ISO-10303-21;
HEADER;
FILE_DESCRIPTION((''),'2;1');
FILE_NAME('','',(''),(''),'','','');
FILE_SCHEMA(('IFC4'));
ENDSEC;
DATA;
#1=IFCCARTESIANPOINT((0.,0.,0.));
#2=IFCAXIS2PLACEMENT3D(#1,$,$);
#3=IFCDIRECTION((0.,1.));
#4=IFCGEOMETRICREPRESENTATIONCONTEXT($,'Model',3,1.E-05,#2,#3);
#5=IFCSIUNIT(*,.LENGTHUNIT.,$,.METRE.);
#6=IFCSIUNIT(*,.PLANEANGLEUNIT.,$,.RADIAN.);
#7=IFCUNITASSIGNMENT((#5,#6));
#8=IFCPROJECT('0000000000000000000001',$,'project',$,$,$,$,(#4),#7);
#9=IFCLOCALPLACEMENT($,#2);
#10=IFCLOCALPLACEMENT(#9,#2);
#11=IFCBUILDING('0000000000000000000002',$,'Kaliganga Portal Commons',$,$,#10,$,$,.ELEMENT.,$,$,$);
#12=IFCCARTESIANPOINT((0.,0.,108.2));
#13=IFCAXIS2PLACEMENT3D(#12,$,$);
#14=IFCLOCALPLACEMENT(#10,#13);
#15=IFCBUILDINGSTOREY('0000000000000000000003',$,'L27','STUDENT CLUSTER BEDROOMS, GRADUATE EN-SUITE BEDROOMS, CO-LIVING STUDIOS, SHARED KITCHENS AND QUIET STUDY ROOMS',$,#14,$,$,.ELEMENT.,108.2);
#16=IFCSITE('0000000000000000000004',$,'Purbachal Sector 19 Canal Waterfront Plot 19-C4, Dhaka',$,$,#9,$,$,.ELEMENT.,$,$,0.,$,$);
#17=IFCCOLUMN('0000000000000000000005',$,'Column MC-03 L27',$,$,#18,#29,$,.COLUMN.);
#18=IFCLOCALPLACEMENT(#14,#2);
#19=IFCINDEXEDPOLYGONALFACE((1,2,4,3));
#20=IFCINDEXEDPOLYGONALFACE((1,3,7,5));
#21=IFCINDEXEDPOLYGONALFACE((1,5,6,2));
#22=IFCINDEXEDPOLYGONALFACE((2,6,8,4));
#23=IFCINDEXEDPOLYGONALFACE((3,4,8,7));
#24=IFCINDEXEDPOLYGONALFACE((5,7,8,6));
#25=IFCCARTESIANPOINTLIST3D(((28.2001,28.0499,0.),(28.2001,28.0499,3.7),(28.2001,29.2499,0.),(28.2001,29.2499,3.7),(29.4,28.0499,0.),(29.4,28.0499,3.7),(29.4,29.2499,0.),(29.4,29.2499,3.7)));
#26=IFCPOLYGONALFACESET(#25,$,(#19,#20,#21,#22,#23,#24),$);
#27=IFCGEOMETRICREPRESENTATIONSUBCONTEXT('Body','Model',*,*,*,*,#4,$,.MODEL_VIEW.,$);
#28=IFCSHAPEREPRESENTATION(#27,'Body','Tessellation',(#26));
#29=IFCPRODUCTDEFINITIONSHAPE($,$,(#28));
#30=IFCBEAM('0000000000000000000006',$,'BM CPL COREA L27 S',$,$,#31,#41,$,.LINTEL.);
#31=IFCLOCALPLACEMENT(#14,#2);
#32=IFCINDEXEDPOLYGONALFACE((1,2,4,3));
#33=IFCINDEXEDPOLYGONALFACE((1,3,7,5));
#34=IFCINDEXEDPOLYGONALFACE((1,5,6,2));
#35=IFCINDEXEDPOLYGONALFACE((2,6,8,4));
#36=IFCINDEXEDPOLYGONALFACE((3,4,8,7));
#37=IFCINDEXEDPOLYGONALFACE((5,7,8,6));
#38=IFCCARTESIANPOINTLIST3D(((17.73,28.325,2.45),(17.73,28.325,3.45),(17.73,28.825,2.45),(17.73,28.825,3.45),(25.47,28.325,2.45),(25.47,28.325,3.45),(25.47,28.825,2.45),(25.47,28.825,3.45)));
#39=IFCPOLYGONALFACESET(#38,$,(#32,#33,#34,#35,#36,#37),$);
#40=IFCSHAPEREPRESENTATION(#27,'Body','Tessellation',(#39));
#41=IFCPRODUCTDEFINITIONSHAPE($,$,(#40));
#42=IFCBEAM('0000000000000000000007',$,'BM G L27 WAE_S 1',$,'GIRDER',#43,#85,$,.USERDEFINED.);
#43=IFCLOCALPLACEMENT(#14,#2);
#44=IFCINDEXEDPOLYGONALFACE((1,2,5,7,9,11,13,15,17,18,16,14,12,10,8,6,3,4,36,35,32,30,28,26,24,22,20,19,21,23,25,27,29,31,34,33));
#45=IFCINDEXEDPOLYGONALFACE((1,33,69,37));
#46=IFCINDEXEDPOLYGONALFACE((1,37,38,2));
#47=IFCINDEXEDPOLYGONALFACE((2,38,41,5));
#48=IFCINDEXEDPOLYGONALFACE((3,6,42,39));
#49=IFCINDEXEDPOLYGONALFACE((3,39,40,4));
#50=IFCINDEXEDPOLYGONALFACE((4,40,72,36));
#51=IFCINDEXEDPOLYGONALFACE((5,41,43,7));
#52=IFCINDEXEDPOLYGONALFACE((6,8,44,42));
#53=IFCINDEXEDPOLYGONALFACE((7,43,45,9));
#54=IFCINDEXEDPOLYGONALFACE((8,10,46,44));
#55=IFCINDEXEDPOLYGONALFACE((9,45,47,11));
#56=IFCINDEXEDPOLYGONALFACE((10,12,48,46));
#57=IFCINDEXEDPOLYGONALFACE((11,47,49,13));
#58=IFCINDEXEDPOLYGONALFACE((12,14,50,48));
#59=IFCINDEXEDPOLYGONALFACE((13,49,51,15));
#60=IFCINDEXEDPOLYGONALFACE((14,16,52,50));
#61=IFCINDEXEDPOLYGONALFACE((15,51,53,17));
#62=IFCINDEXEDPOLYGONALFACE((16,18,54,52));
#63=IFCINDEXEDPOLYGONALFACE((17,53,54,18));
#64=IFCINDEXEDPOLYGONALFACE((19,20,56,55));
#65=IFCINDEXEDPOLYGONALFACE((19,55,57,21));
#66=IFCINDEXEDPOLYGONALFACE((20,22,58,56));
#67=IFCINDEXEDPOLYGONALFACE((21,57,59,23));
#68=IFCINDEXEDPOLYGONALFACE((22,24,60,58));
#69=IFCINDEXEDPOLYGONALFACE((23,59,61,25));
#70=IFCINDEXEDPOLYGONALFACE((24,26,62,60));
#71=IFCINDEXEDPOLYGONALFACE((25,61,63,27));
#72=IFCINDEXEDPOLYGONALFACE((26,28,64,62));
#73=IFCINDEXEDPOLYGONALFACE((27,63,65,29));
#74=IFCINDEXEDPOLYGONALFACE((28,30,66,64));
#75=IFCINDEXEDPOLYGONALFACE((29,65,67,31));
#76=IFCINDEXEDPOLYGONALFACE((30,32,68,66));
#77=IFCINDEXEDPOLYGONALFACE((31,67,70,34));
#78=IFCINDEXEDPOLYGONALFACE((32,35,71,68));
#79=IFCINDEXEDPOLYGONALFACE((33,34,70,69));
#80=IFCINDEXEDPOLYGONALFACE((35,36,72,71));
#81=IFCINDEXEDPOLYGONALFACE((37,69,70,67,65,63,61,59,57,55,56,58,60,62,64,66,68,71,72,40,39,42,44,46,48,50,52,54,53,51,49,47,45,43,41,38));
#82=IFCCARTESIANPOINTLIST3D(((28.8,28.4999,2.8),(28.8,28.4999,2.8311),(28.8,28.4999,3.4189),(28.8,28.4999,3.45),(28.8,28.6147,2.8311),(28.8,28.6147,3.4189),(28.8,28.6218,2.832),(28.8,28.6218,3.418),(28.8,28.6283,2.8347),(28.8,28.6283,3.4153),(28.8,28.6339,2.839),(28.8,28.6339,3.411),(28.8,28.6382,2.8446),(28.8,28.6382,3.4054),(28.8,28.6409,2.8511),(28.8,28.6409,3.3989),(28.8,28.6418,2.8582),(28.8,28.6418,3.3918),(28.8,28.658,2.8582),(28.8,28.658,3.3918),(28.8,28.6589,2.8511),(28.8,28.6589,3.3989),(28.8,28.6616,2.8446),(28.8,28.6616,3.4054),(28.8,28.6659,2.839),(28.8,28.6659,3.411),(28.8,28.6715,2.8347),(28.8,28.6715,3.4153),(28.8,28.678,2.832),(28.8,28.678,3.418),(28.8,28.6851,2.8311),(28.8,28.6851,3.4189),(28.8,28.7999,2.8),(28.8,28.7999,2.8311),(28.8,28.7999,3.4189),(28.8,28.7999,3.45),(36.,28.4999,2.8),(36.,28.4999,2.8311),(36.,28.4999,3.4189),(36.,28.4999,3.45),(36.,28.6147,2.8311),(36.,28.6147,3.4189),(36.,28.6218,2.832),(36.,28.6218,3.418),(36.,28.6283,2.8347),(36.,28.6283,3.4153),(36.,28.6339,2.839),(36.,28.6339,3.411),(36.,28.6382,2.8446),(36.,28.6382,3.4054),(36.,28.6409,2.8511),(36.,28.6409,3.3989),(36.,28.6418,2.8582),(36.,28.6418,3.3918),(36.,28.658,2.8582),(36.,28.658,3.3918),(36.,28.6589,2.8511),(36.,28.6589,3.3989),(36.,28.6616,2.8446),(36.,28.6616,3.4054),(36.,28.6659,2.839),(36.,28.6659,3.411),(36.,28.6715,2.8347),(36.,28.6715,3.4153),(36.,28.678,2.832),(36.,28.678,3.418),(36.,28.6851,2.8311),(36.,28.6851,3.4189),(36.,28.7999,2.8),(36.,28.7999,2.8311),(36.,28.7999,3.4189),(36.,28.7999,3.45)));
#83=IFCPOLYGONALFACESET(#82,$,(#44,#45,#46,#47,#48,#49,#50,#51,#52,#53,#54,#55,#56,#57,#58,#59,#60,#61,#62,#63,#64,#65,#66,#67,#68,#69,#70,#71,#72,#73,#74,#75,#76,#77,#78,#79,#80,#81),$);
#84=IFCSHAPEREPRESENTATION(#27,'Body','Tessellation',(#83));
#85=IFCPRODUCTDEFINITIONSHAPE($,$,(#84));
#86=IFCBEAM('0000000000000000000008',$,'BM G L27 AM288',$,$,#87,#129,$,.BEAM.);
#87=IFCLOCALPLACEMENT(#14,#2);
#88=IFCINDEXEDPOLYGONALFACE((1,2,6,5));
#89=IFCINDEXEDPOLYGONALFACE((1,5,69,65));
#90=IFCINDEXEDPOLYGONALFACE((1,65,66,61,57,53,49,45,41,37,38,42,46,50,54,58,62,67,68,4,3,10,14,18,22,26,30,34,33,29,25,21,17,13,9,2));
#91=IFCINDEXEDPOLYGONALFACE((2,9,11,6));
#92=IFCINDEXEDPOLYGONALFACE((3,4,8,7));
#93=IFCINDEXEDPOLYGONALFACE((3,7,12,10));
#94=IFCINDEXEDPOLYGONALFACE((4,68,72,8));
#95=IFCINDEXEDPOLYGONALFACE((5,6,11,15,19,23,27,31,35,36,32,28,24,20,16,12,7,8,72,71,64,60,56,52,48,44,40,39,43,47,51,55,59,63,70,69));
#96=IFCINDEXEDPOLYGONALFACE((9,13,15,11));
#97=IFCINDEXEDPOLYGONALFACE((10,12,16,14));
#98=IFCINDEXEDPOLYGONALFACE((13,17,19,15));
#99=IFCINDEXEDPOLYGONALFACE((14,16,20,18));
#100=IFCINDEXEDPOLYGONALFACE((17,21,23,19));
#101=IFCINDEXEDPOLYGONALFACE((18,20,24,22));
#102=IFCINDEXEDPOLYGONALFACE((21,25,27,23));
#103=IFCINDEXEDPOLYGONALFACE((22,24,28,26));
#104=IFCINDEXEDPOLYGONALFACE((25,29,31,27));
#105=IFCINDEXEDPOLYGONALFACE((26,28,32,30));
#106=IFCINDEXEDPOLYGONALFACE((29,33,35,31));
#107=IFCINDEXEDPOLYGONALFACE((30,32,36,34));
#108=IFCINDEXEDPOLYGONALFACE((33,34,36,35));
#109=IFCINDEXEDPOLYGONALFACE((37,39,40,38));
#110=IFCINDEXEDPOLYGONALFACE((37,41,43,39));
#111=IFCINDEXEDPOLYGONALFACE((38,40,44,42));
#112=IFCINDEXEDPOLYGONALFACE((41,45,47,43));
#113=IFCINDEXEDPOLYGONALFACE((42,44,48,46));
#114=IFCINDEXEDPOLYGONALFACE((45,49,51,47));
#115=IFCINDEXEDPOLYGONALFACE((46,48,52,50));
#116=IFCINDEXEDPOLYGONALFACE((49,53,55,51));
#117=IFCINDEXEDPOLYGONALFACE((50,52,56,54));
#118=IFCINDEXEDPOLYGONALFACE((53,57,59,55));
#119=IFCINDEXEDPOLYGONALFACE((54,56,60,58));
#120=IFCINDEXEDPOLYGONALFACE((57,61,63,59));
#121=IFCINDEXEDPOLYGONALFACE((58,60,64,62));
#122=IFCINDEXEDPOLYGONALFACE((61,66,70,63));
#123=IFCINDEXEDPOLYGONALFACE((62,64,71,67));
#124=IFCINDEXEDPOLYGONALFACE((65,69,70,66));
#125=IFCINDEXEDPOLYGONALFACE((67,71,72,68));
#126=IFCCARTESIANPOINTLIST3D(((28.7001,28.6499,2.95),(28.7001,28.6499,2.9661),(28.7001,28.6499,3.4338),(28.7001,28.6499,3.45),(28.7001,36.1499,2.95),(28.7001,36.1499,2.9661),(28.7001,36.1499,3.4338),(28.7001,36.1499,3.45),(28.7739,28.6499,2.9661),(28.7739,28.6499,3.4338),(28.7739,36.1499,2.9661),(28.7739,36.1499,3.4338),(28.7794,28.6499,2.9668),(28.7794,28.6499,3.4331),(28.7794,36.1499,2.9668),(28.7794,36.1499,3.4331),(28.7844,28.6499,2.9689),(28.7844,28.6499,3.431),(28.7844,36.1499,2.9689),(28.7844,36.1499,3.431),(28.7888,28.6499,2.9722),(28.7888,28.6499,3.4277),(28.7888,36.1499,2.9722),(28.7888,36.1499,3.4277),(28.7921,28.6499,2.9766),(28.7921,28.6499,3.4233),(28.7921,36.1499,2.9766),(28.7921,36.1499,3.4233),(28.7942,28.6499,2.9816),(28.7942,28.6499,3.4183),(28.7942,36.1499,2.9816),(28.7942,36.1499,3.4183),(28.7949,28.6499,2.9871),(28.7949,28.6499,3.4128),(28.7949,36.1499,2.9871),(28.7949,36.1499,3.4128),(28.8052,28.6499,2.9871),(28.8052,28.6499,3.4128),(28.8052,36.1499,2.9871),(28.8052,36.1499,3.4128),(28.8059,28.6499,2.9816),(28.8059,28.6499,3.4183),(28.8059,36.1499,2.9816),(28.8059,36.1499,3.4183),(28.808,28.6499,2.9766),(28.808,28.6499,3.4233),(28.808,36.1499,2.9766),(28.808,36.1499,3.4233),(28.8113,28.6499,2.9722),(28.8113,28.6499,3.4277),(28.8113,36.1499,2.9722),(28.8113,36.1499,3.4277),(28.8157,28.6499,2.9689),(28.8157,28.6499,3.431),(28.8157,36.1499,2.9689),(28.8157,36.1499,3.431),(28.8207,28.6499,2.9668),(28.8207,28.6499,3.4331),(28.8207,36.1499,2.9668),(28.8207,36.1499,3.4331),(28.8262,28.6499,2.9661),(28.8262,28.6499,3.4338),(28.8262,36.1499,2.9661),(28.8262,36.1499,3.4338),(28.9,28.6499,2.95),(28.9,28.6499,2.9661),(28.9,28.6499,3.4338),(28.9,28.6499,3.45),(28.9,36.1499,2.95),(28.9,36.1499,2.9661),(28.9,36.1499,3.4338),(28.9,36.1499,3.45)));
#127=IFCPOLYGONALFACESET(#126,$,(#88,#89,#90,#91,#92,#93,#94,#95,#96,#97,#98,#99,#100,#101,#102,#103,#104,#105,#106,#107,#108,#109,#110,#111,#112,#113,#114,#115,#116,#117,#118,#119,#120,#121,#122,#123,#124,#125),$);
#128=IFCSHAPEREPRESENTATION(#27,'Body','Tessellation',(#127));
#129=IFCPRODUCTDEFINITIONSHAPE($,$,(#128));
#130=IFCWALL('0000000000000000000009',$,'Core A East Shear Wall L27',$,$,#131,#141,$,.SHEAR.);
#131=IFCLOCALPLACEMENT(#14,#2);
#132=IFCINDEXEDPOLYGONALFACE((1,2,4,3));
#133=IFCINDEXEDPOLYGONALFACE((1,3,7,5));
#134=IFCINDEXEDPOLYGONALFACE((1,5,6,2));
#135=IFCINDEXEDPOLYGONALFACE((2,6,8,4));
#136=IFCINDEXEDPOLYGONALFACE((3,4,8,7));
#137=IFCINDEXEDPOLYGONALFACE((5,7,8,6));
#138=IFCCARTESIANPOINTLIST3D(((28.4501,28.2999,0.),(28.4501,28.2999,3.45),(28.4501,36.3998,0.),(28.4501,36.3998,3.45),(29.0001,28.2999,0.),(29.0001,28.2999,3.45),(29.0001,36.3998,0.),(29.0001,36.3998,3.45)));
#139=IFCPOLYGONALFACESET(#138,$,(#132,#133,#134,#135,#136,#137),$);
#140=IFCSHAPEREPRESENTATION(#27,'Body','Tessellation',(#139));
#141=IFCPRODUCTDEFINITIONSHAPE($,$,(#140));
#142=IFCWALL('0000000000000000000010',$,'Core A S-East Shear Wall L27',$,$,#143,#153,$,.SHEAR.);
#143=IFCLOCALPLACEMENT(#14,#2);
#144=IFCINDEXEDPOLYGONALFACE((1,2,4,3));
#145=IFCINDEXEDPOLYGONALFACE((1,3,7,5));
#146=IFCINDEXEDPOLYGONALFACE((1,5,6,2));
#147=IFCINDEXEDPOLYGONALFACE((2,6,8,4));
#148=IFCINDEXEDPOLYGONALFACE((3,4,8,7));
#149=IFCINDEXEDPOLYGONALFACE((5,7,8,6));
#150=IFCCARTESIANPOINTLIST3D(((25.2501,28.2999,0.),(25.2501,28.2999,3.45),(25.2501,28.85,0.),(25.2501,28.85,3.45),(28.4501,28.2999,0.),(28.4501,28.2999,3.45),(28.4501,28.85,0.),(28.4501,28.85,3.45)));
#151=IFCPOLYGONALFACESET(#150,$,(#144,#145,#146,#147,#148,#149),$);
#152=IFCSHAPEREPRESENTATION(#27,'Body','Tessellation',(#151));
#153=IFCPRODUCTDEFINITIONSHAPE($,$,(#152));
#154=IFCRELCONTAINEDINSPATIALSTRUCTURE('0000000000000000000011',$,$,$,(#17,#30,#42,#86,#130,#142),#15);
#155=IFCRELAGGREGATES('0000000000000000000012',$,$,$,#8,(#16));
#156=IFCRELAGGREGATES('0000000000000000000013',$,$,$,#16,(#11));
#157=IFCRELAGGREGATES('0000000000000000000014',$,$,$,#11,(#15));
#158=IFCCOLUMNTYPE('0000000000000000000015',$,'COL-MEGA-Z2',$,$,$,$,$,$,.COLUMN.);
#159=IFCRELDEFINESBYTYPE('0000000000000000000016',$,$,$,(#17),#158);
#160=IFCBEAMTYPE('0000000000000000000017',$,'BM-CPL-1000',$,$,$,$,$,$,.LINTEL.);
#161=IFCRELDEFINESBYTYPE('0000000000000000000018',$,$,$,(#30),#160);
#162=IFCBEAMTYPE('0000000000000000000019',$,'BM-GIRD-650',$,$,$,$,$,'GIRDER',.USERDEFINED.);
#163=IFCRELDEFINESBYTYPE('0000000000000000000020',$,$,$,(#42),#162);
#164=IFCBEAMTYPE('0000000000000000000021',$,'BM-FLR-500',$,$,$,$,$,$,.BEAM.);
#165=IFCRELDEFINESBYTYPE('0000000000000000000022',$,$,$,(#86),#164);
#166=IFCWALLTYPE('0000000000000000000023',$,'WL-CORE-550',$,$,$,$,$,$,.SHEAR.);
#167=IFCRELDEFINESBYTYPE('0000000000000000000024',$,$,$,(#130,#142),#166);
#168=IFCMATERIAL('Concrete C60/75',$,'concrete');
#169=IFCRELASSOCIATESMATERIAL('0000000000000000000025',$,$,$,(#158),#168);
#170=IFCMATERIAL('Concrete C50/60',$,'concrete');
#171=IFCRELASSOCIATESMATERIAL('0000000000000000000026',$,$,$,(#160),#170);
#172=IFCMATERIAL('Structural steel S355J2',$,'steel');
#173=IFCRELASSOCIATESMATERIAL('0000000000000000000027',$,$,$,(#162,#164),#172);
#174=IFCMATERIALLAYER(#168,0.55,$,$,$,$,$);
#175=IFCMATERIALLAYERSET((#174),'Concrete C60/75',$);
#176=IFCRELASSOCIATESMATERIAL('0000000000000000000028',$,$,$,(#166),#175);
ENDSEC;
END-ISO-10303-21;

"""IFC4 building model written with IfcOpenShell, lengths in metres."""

from ifc_helpers import new_model, si_unit, direction, frame, frame_2d, origin, origin_2d, place, context, subcontext, project, spatial, rectangle, i_section, extrude, source, transform, mapped, material, layer, layer_set, material_profile, profile_set, type_object, element, save


model = new_model("IFC4")

# Units and contexts
model_context = context("Model", 3, precision=1e-05, world=origin(), true_north=direction((0.0, 1.0)))
body_context = subcontext(model_context, "Body", "Model", "MODEL_VIEW")
ifc_project = project(units=[si_unit("LENGTHUNIT", "METRE"), si_unit("PLANEANGLEUNIT", "RADIAN")], contexts=[model_context])

# Site, building, storey
site_placement = place(None, origin())
site = spatial("IfcSite", under=ifc_project, at=site_placement, Name="Purbachal Sector 19 Canal Waterfront Plot 19-C4, Dhaka", CompositionType="ELEMENT", RefElevation=0.0)
building_placement = place(site_placement, origin())
building = spatial("IfcBuilding", under=site, at=building_placement, Name="Kaliganga Portal Commons", CompositionType="ELEMENT")
storey_placement = place(building_placement, frame((0.0, 0.0, 108.2)))
storey = spatial("IfcBuildingStorey", under=building, at=storey_placement, Name="L27", Description="STUDENT CLUSTER BEDROOMS, GRADUATE EN-SUITE BEDROOMS, CO-LIVING STUDIOS, SHARED KITCHENS AND QUIET STUDY ROOMS", CompositionType="ELEMENT", Elevation=108.2)

# Column
ifc_material_1 = material(Name="Concrete C60/75", Category="concrete")
ifc_material_profile_1 = material_profile(ifc_material_1, rectangle(XDim=1.2, YDim=1.2, at=origin_2d()), Name="RC 1200x1200")
ifc_profile_set_1 = profile_set([ifc_material_profile_1], Name="Concrete C60/75")
column_type = type_object("IfcColumnType", Name="COL-MEGA-Z2", PredefinedType="COLUMN", material=ifc_profile_set_1)
shared_shape_1 = source(origin(), body_context, "Body", "SweptSolid", [
    extrude(rectangle(XDim=1.2, YDim=1.2, at=origin_2d()), origin(), (0.0, 0.0, 1.0), 3.7),
])
column_placement = place(storey_placement, frame((28.8, 28.6499, 0.0), z_axis=(0.0, 0.0, 1.0), x_axis=(1.0, 0.0, 0.0)))
element("IfcColumn", 1, at=column_placement, inside=storey, type_object=column_type, Name="Column MC-03 L27", PredefinedType="COLUMN", context=body_context, shape_type="MappedRepresentation", body=[
    mapped(shared_shape_1, transform((0.0, 0.0, 0.0), x_axis=(1.0, 0.0, 0.0), y_axis=(0.0, 1.0, 0.0), z_axis=(0.0, 0.0, 1.0), scale=1.0)),
])

# Beams
ifc_material_2 = material(Name="Concrete C50/60", Category="concrete")
ifc_material_profile_2 = material_profile(ifc_material_2, rectangle(XDim=0.5, YDim=1.0, at=origin_2d()), Name="RC 500x1000")
ifc_profile_set_2 = profile_set([ifc_material_profile_2], Name="Concrete C50/60")
beam_type_1 = type_object("IfcBeamType", Name="BM-CPL-1000", PredefinedType="LINTEL", material=ifc_profile_set_2)
shared_shape_2 = source(origin(), body_context, "Body", "SweptSolid", [
    extrude(rectangle(XDim=0.5, YDim=1.0, at=origin_2d()), origin(), (0.0, 0.0, 1.0), 7.74),
])
beam_1_placement = place(storey_placement, frame((17.73, 28.575, 2.95), z_axis=(1.0, 0.0, 0.0), x_axis=(0.0, 1.0, 0.0)))
element("IfcBeam", 2, at=beam_1_placement, inside=storey, type_object=beam_type_1, Name="BM CPL COREA L27 S", PredefinedType="LINTEL", context=body_context, shape_type="MappedRepresentation", body=[
    mapped(shared_shape_2, transform((0.0, 0.0, 0.0), x_axis=(1.0, 0.0, 0.0), y_axis=(0.0, 1.0, 0.0), z_axis=(0.0, 0.0, 1.0), scale=1.0)),
])
ifc_material_3 = material(Name="Structural steel S355J2", Category="steel")
ifc_material_profile_3 = material_profile(ifc_material_3, i_section(OverallWidth=0.3, OverallDepth=0.6499, WebThickness=0.0161, FlangeThickness=0.031, FilletRadius=0.0271, at=origin_2d()), Name="HE 650 B")
ifc_profile_set_3 = profile_set([ifc_material_profile_3], Name="Structural steel S355J2 wide-flange")
beam_type_2 = type_object("IfcBeamType", Name="BM-GIRD-650", ElementType="GIRDER", PredefinedType="USERDEFINED", material=ifc_profile_set_3)
shared_shape_3 = source(origin(), body_context, "Body", "SweptSolid", [
    extrude(i_section(OverallWidth=0.3, OverallDepth=0.6499, WebThickness=0.0161, FlangeThickness=0.031, FilletRadius=0.0271, at=origin_2d()), origin(), (0.0, 0.0, 1.0), 7.2),
])
beam_2_placement = place(storey_placement, frame((28.8, 28.6499, 3.125), z_axis=(1.0, 0.0, 0.0), x_axis=(0.0, 1.0, 0.0)))
element("IfcBeam", 3, at=beam_2_placement, inside=storey, type_object=beam_type_2, Name="BM G L27 WAE_S 1", ObjectType="GIRDER", PredefinedType="USERDEFINED", context=body_context, shape_type="MappedRepresentation", body=[
    mapped(shared_shape_3, transform((0.0, 0.0, 0.0), x_axis=(1.0, 0.0, 0.0), y_axis=(0.0, 1.0, 0.0), z_axis=(0.0, 0.0, 1.0), scale=1.0)),
])
ifc_material_profile_4 = material_profile(ifc_material_3, i_section(OverallWidth=0.2, OverallDepth=0.5, WebThickness=0.0103, FlangeThickness=0.0161, FilletRadius=0.021, at=origin_2d()), Name="IPE 500")
ifc_profile_set_4 = profile_set([ifc_material_profile_4], Name="Structural steel S355J2 wide-flange")
beam_type_3 = type_object("IfcBeamType", Name="BM-FLR-500", PredefinedType="BEAM", material=ifc_profile_set_4)
shared_shape_4 = source(origin(), body_context, "Body", "SweptSolid", [
    extrude(i_section(OverallWidth=0.2, OverallDepth=0.5, WebThickness=0.0103, FlangeThickness=0.0161, FilletRadius=0.021, at=origin_2d()), origin(), (0.0, 0.0, 1.0), 7.5),
])
beam_3_placement = place(storey_placement, frame((28.8, 28.6499, 3.2), z_axis=(0.0, 1.0, 0.0), x_axis=(-1.0, 0.0, 0.0)))
element("IfcBeam", 4, at=beam_3_placement, inside=storey, type_object=beam_type_3, Name="BM G L27 AM288", PredefinedType="BEAM", context=body_context, shape_type="MappedRepresentation", body=[
    mapped(shared_shape_4, transform((0.0, 0.0, 0.0), x_axis=(1.0, 0.0, 0.0), y_axis=(0.0, 1.0, 0.0), z_axis=(0.0, 0.0, 1.0), scale=1.0)),
])

# Walls
ifc_layer_1 = layer(ifc_material_1, 0.55)
ifc_layer_set_1 = layer_set([ifc_layer_1], Name="Concrete C60/75")
wall_type_1 = type_object("IfcWallType", Name="WL-CORE-550", PredefinedType="SHEAR", material=ifc_layer_set_1)
wall_1_placement = place(storey_placement, frame((28.7251, 28.3, 0.0), z_axis=(0.0, 0.0, 1.0), x_axis=(0.0, 1.0, 0.0)))
element("IfcWall", 5, at=wall_1_placement, inside=storey, type_object=wall_type_1, Name="Core A East Shear Wall L27", PredefinedType="SHEAR", context=body_context, shape_type="SweptSolid", body=[
    extrude(rectangle(XDim=8.0999, YDim=0.55, at=frame_2d((4.0498, 0.0))), origin(), (0.0, 0.0, 1.0), 3.45),
])
wall_2_placement = place(storey_placement, frame((25.25, 28.575, 0.0), z_axis=(0.0, 0.0, 1.0), x_axis=(1.0, 0.0, 0.0)))
element("IfcWall", 6, at=wall_2_placement, inside=storey, type_object=wall_type_1, Name="Core A S-East Shear Wall L27", PredefinedType="SHEAR", context=body_context, shape_type="SweptSolid", body=[
    extrude(rectangle(XDim=3.2, YDim=0.55, at=frame_2d((1.6001, 0.0))), origin(), (0.0, 0.0, 1.0), 3.45),
])

save(model, "model.ifc")
